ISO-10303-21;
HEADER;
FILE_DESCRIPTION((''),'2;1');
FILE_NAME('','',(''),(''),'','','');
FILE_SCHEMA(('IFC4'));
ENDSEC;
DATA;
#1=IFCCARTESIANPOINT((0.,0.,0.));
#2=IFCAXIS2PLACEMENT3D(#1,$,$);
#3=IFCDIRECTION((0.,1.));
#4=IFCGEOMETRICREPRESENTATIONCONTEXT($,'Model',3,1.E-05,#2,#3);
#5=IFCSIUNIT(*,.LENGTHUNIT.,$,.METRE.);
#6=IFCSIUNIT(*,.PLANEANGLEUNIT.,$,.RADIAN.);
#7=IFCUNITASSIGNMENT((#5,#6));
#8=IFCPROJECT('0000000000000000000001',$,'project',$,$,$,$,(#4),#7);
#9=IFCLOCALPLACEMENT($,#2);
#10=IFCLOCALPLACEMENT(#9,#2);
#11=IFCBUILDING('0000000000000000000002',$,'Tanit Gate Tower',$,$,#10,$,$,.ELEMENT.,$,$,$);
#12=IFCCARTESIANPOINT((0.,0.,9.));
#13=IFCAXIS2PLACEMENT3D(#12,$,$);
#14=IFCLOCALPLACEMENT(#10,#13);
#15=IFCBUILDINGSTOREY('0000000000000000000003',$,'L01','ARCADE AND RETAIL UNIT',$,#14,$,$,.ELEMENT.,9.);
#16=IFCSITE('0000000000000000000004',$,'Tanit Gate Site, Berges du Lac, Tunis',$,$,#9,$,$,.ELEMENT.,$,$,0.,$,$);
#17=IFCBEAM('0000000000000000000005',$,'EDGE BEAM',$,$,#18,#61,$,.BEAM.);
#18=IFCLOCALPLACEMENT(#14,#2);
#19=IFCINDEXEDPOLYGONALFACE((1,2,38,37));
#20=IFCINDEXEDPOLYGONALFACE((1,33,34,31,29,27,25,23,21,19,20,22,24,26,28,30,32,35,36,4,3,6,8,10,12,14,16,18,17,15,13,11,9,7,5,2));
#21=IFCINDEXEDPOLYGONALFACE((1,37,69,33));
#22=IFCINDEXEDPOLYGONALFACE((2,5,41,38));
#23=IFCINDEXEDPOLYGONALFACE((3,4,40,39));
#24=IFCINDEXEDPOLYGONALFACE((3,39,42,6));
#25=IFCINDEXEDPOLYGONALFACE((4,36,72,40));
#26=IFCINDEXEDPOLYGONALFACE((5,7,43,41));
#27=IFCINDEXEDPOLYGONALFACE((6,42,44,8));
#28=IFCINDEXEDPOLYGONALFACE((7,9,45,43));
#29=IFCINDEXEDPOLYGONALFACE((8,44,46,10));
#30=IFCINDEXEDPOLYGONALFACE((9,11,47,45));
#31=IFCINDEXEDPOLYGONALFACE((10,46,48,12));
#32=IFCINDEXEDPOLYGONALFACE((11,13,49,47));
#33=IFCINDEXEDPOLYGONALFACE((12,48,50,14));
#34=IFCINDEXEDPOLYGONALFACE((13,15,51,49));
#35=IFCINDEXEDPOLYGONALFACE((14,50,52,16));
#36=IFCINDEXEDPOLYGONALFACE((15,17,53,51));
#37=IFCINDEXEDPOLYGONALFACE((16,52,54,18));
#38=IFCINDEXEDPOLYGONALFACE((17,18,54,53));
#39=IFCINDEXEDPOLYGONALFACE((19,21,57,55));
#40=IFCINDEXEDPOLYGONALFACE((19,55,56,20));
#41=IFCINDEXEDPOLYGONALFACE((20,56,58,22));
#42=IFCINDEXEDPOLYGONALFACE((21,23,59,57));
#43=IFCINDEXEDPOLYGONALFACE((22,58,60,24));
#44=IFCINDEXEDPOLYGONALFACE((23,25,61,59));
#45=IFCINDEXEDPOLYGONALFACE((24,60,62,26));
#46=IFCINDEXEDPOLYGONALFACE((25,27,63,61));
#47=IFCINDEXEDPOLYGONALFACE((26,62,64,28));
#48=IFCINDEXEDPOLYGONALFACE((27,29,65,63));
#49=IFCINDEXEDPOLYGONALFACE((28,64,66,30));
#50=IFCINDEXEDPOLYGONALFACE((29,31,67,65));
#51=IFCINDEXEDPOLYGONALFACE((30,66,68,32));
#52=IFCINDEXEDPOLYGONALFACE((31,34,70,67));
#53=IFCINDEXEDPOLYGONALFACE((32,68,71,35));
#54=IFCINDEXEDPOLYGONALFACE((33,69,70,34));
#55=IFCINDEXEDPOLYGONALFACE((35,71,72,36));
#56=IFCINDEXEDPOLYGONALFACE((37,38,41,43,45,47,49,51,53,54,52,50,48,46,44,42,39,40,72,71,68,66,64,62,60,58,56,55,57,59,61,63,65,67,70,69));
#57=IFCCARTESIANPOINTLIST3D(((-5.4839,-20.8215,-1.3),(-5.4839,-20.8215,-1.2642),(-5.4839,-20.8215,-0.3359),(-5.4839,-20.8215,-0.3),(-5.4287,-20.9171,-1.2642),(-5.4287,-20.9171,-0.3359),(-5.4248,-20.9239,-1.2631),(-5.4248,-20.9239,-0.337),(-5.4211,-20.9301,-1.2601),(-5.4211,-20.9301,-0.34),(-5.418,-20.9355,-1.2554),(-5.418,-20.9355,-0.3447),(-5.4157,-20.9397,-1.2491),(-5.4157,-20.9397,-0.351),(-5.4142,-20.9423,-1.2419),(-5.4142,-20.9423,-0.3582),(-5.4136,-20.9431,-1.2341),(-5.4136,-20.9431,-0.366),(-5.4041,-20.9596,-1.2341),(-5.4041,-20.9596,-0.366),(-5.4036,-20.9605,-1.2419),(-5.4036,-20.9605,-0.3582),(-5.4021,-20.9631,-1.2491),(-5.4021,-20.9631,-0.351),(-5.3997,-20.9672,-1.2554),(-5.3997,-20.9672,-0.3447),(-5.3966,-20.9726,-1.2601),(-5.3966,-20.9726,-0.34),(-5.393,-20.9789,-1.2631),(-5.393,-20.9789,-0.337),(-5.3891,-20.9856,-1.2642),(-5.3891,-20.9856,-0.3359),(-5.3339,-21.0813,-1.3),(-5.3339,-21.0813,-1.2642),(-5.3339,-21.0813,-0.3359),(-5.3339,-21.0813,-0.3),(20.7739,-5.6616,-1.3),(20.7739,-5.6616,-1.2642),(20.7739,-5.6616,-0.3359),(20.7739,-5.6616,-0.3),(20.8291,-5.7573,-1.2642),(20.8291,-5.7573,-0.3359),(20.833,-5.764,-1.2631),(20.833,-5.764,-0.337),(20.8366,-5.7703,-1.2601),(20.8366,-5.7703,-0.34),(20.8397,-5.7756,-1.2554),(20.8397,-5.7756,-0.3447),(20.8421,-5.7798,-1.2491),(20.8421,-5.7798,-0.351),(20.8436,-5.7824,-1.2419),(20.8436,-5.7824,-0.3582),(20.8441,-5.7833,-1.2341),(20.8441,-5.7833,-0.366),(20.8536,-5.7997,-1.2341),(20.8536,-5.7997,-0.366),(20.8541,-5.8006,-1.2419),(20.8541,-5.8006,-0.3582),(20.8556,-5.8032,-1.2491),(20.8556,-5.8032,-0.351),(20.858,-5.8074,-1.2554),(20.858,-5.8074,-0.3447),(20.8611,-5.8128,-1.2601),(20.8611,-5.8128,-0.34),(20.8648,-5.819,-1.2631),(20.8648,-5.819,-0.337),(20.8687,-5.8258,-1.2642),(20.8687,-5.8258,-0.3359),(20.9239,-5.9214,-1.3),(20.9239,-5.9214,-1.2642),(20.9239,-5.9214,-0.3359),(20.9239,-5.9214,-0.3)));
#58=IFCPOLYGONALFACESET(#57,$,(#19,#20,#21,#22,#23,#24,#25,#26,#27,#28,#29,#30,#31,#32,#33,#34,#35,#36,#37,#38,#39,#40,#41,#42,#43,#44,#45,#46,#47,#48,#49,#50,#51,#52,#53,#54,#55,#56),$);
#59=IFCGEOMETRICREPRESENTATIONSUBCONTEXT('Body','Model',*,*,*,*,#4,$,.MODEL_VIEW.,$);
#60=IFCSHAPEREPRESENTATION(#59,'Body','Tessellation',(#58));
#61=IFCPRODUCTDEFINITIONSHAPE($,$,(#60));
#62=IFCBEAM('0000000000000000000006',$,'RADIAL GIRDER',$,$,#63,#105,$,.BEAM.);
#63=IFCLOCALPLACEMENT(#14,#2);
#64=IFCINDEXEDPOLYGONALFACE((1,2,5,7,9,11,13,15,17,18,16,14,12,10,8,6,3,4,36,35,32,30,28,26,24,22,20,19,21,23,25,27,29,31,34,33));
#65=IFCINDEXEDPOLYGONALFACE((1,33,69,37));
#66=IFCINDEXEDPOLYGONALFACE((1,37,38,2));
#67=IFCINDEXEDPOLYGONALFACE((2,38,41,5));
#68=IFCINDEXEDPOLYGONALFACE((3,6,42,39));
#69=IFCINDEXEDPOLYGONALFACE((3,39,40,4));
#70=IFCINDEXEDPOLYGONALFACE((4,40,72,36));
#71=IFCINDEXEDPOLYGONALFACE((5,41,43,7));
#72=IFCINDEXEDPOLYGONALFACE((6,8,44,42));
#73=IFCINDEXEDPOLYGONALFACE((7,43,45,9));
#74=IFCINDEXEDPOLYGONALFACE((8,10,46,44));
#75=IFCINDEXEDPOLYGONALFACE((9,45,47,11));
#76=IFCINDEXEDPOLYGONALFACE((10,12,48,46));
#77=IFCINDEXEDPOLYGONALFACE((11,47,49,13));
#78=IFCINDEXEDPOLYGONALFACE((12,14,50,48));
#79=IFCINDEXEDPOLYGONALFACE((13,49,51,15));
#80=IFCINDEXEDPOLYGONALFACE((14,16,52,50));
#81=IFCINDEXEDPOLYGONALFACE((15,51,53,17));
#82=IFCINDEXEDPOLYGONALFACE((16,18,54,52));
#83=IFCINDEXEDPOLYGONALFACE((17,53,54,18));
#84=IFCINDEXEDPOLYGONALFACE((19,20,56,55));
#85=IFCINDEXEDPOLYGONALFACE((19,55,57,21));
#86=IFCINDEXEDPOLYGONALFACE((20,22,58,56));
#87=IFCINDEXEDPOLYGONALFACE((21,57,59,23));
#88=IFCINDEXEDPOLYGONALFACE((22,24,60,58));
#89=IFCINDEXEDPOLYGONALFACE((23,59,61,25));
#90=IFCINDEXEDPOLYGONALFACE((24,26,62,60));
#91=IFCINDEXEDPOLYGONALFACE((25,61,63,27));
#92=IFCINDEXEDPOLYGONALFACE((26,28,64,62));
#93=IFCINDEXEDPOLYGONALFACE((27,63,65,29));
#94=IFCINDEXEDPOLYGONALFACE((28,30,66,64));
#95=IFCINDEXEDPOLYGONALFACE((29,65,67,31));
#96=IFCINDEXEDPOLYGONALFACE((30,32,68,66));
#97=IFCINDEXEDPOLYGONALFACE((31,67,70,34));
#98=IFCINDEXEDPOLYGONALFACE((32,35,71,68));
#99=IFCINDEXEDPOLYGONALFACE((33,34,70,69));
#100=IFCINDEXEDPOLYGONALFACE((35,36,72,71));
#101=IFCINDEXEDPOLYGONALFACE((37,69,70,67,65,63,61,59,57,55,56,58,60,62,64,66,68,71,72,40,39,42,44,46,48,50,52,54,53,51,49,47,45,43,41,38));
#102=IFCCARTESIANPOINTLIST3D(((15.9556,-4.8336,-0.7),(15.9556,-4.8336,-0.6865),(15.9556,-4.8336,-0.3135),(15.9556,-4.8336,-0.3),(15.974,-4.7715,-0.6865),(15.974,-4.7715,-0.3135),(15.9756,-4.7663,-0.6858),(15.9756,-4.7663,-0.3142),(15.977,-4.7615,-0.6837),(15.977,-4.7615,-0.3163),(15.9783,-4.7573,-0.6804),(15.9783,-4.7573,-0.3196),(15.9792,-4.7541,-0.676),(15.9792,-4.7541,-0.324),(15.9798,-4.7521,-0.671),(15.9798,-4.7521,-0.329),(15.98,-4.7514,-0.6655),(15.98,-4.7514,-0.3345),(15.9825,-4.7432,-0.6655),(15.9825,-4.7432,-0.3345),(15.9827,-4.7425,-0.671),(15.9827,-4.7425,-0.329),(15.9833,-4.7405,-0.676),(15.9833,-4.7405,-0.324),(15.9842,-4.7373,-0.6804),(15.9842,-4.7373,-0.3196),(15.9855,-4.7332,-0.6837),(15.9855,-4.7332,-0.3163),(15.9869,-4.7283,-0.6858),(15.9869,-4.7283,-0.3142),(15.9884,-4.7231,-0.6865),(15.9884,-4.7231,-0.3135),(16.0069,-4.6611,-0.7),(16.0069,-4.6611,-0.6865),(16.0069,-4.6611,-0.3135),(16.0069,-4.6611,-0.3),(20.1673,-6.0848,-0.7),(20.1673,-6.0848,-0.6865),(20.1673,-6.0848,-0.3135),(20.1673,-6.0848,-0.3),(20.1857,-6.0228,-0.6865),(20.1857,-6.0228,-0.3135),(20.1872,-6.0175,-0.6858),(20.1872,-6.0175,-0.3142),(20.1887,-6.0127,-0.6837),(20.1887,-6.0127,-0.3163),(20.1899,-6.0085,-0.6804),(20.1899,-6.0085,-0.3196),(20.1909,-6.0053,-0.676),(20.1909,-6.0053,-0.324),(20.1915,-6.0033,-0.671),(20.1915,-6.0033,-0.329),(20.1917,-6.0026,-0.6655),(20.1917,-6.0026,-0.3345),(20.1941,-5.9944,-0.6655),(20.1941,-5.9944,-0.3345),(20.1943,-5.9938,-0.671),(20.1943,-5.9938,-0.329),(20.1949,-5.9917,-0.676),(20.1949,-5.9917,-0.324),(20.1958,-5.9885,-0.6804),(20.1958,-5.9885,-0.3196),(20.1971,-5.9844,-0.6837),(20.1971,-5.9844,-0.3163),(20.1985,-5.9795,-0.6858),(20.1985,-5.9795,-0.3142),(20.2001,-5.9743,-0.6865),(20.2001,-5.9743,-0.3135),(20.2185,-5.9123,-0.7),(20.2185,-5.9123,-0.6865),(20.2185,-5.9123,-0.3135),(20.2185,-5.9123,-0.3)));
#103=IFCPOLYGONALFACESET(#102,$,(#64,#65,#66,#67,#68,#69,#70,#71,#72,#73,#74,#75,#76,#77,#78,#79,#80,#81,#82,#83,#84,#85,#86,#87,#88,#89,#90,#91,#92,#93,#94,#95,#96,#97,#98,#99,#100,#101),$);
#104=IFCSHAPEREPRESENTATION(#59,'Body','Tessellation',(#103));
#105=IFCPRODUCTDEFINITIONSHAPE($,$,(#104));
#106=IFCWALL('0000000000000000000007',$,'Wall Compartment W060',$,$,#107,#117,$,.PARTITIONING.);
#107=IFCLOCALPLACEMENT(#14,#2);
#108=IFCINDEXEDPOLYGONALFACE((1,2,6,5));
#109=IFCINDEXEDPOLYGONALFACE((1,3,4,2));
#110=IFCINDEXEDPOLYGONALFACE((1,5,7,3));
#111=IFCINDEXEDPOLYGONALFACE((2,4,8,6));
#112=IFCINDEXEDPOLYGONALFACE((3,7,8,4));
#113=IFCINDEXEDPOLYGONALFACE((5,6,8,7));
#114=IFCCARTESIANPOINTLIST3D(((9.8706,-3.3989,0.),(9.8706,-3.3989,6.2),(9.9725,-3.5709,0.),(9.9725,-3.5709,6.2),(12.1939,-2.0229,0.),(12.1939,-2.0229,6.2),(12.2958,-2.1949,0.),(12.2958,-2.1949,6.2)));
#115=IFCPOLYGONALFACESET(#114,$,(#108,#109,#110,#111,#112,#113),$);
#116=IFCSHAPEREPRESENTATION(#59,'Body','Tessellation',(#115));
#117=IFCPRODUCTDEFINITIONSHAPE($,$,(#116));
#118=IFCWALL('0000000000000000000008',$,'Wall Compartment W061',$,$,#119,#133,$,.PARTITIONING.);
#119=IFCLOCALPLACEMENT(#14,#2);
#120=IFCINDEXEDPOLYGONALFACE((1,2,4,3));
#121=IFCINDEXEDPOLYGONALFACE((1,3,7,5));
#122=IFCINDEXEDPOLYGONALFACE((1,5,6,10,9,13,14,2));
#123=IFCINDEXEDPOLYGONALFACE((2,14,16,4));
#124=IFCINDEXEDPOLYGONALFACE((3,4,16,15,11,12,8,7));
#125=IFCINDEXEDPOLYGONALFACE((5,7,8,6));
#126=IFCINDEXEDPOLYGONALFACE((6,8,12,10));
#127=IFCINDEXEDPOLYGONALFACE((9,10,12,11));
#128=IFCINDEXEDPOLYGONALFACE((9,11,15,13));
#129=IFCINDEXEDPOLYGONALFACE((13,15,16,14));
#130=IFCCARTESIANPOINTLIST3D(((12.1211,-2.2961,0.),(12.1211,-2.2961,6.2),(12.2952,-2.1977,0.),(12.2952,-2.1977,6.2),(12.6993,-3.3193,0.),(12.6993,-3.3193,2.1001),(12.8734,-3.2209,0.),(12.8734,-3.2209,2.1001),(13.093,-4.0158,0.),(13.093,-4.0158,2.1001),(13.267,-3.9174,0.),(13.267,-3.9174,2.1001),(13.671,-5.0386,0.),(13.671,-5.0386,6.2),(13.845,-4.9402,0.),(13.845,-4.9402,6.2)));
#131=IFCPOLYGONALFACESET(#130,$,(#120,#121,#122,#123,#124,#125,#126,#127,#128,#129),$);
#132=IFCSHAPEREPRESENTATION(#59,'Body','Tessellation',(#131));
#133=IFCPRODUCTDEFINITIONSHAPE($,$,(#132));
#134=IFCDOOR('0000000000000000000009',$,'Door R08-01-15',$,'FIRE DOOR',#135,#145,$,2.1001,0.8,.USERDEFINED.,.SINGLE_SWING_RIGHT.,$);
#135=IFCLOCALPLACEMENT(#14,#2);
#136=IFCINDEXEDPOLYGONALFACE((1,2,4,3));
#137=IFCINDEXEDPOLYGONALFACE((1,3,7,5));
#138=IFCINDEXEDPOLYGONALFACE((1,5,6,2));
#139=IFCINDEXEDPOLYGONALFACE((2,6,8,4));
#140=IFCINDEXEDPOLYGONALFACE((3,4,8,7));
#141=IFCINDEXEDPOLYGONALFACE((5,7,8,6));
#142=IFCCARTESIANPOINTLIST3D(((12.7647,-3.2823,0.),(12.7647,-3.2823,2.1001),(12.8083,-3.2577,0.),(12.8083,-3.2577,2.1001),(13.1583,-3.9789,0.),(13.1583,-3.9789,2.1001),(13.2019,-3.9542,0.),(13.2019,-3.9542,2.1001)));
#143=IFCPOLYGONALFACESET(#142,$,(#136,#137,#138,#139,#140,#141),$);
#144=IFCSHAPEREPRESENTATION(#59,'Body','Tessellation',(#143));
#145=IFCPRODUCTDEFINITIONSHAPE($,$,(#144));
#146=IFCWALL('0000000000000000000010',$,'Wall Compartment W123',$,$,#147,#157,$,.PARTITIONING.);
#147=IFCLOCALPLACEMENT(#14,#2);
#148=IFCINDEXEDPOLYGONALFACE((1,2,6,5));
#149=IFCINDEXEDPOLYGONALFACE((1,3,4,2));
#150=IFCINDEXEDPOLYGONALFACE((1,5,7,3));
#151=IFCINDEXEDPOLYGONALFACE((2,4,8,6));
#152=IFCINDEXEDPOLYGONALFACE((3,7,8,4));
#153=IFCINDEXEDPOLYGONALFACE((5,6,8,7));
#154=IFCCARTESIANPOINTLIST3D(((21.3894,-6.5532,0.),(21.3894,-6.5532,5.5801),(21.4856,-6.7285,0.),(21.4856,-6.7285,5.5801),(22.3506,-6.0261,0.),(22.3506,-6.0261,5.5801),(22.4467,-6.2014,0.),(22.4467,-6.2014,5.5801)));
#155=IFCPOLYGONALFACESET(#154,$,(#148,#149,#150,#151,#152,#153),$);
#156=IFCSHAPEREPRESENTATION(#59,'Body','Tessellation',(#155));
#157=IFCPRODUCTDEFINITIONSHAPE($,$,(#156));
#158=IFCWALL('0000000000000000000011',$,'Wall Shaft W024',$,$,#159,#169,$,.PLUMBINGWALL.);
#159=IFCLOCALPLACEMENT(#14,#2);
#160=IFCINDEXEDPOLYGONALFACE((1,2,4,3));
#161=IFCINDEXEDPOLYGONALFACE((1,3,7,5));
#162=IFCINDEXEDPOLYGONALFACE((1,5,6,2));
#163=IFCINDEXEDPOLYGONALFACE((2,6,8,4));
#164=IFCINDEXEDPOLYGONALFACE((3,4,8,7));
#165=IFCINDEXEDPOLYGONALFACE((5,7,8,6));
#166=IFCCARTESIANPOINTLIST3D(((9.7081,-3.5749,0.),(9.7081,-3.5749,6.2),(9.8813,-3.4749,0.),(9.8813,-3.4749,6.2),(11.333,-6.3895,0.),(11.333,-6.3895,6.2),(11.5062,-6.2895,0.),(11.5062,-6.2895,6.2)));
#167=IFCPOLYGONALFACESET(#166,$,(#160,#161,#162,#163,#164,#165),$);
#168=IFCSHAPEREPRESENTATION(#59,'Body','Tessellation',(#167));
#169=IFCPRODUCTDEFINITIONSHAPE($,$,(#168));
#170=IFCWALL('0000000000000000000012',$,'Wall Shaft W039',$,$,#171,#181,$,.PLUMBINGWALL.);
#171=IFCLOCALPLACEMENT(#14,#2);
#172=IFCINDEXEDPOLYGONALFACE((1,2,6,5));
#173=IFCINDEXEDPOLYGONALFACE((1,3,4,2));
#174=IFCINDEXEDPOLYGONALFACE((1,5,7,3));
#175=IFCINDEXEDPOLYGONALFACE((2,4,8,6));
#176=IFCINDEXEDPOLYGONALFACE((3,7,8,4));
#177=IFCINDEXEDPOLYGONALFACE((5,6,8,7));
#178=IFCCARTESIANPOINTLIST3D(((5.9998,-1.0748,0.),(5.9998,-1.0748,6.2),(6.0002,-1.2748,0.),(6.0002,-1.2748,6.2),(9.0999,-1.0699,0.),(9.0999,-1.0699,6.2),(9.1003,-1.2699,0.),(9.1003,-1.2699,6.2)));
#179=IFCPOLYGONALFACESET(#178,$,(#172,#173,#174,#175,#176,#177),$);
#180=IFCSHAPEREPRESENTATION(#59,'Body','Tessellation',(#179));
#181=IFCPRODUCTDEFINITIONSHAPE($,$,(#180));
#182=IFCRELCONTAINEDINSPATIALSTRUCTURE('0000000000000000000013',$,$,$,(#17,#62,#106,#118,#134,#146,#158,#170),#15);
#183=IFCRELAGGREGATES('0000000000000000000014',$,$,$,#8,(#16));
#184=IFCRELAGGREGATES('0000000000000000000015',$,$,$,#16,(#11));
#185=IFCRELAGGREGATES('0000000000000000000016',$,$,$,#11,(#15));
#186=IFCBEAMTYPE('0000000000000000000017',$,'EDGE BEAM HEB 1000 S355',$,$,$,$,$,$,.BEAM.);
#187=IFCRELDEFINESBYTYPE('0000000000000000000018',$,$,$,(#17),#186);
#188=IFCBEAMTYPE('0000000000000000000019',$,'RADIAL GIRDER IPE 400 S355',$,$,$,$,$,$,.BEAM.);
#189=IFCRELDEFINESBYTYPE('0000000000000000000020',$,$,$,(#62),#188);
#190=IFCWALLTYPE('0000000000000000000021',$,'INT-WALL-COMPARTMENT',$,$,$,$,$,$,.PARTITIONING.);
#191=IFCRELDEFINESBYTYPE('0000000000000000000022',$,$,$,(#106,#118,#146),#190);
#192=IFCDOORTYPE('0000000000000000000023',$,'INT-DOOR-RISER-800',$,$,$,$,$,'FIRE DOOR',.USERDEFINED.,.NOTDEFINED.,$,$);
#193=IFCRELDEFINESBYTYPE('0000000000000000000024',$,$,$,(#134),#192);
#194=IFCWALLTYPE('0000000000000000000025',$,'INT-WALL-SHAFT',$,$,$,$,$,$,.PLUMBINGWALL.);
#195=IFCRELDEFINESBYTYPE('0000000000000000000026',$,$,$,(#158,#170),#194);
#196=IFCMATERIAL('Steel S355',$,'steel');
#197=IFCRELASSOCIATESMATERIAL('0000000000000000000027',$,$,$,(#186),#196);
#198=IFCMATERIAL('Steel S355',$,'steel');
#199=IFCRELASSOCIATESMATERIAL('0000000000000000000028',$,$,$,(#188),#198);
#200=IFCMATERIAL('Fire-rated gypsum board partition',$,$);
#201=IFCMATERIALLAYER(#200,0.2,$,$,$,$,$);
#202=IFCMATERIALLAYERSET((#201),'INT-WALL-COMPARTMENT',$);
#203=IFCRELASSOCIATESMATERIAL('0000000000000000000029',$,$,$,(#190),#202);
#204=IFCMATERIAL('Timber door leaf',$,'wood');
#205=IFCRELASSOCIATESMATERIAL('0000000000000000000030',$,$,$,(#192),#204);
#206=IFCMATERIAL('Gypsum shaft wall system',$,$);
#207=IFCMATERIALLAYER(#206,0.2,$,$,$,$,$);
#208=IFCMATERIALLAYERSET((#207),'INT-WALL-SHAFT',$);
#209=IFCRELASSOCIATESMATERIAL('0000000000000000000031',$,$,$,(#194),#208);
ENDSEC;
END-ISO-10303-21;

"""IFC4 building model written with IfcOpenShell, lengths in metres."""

from ifc_helpers import new_model, si_unit, direction, frame, frame_2d, origin, origin_2d, place, context, subcontext, project, spatial, rectangle, i_section, extrude, material, layer, layer_set, material_profile, profile_set, type_object, element, fill, save


model = new_model("IFC4")

# Units and contexts
model_context = context("Model", 3, precision=1e-05, world=origin(), true_north=direction((0.0, 1.0)))
body_context = subcontext(model_context, "Body", "Model", "MODEL_VIEW")
ifc_project = project(units=[si_unit("LENGTHUNIT", "METRE"), si_unit("PLANEANGLEUNIT", "RADIAN")], contexts=[model_context])

# Site, building, storey
site_placement = place(None, origin())
site = spatial("IfcSite", under=ifc_project, at=site_placement, Name="Tanit Gate Site, Berges du Lac, Tunis", CompositionType="ELEMENT", RefElevation=0.0)
building_placement = place(site_placement, origin())
building = spatial("IfcBuilding", under=site, at=building_placement, Name="Tanit Gate Tower", CompositionType="ELEMENT")
storey_placement = place(building_placement, frame((0.0, 0.0, 9.0)))
storey = spatial("IfcBuildingStorey", under=building, at=storey_placement, Name="L01", Description="ARCADE AND RETAIL UNIT", CompositionType="ELEMENT", Elevation=9.0)

# Beams
ifc_material_1 = material(Name="Steel S355", Category="steel")
ifc_material_profile_1 = material_profile(ifc_material_1, i_section(OverallWidth=0.3, OverallDepth=1.0, WebThickness=0.019, FlangeThickness=0.0359, FilletRadius=0.03, at=origin_2d()), Name="HEB 1000")
ifc_profile_set_1 = profile_set([ifc_material_profile_1], Name="Steel S355")
beam_type_1 = type_object("IfcBeamType", Name="EDGE BEAM HEB 1000 S355", PredefinedType="BEAM", material=ifc_profile_set_1)
beam_1_placement = place(storey_placement, frame((20.8489, -5.7915, -0.8), z_axis=(-0.866026, -0.499999, 0.0), x_axis=(0.499999, -0.866026, 0.0)))
element("IfcBeam", 1, at=beam_1_placement, inside=storey, type_object=beam_type_1, Name="EDGE BEAM", PredefinedType="BEAM", context=body_context, shape_type="SweptSolid", body=[
    extrude(i_section(OverallWidth=0.3, OverallDepth=1.0, WebThickness=0.019, FlangeThickness=0.0359, FilletRadius=0.03, at=origin_2d()), origin(), (0.0, 0.0, 1.0), 30.3198),
])
ifc_material_2 = material(Name="Steel S355", Category="steel")
ifc_material_profile_2 = material_profile(ifc_material_2, i_section(OverallWidth=0.1799, OverallDepth=0.3999, WebThickness=0.0085, FlangeThickness=0.0134, FilletRadius=0.021, at=origin_2d()), Name="IPE 400")
ifc_profile_set_2 = profile_set([ifc_material_profile_2], Name="Steel S355")
beam_type_2 = type_object("IfcBeamType", Name="RADIAL GIRDER IPE 400 S355", PredefinedType="BEAM", material=ifc_profile_set_2)
beam_2_placement = place(storey_placement, frame((20.1929, -5.9985, -0.5), z_axis=(-0.958592, 0.284783, 0.0), x_axis=(-0.284783, -0.958592, 0.0)))
element("IfcBeam", 2, at=beam_2_placement, inside=storey, type_object=beam_type_2, Name="RADIAL GIRDER", PredefinedType="BEAM", context=body_context, shape_type="SweptSolid", body=[
    extrude(i_section(OverallWidth=0.1799, OverallDepth=0.3999, WebThickness=0.0085, FlangeThickness=0.0134, FilletRadius=0.021, at=origin_2d()), origin(), (0.0, 0.0, 1.0), 4.3936),
])

# Wall
ifc_material_3 = material(Name="Fire-rated gypsum board partition")
ifc_layer_1 = layer(ifc_material_3, 0.2)
ifc_layer_set_1 = layer_set([ifc_layer_1], Name="INT-WALL-COMPARTMENT")
wall_type_1 = type_object("IfcWallType", Name="INT-WALL-COMPARTMENT", PredefinedType="PARTITIONING", material=ifc_layer_set_1)
wall_1_placement = place(storey_placement, frame((12.2449, -2.1089, 0.0), z_axis=(0.0, 0.0, 1.0), x_axis=(-0.860415, -0.509594, 0.0)))
element("IfcWall", 3, at=wall_1_placement, inside=storey, type_object=wall_type_1, Name="Wall Compartment W060", PredefinedType="PARTITIONING", context=body_context, shape_type="SweptSolid", body=[
    extrude(rectangle(XDim=2.7002, YDim=0.2, at=frame_2d((1.3501, 0.0))), origin(), (0.0, 0.0, 1.0), 6.2),
])

# Wall, opening, door
wall_2_placement = place(storey_placement, frame((13.7581, -4.9895, 0.0), z_axis=(0.0, 0.0, 1.0), x_axis=(-0.491993, 0.870599, 0.0)))
wall_2 = element("IfcWall", 4, at=wall_2_placement, inside=storey, type_object=wall_type_1, Name="Wall Compartment W061", PredefinedType="PARTITIONING", context=body_context, shape_type="SweptSolid", body=[
    extrude(rectangle(XDim=3.1501, YDim=0.2, at=frame_2d((1.5752, 0.0))), origin(), (0.0, 0.0, 1.0), 6.2),
])
opening_1_placement = place(wall_2_placement, frame((1.175, 0.0, 0.0)))
opening_1 = element("IfcOpeningElement", 5, at=opening_1_placement, cuts=wall_2, PredefinedType="OPENING", context=body_context, shape_type="SweptSolid", body=[
    extrude(rectangle(XDim=0.8, YDim=2.1001, at=frame_2d((0.3999, 1.05))), frame((0.0, 0.1099, 0.0), z_axis=(0.0, -1.0, 0.0), x_axis=(1.0, 0.0, 0.0)), (0.0, 0.0, 1.0), 0.22),
])
ifc_material_4 = material(Name="Timber door leaf", Category="wood")
door_type_1 = type_object("IfcDoorType", Name="INT-DOOR-RISER-800", ElementType="FIRE DOOR", OperationType="NOTDEFINED", PredefinedType="USERDEFINED", material=ifc_material_4)
door_1_placement = place(opening_1_placement, origin())
door_1 = element("IfcDoor", 6, at=door_1_placement, inside=storey, type_object=door_type_1, Name="Door R08-01-15", ObjectType="FIRE DOOR", OperationType="SINGLE_SWING_RIGHT", OverallHeight=2.1001, OverallWidth=0.8, PredefinedType="USERDEFINED", context=body_context, shape_type="SweptSolid", body=[
    extrude(rectangle(XDim=0.8, YDim=2.1001, at=frame_2d((0.3999, 1.05))), frame((0.0, 0.0249, 0.0), z_axis=(0.0, -1.0, 0.0), x_axis=(1.0, 0.0, 0.0)), (0.0, 0.0, 1.0), 0.05),
])
fill(opening_1, door_1)

# Walls
wall_3_placement = place(storey_placement, frame((21.4375, -6.6409, 0.0), z_axis=(0.0, 0.0, 1.0), x_axis=(0.876812, 0.480833, 0.0)))
element("IfcWall", 7, at=wall_3_placement, inside=storey, type_object=wall_type_1, Name="Wall Compartment W123", PredefinedType="PARTITIONING", context=body_context, shape_type="SweptSolid", body=[
    extrude(rectangle(XDim=1.0962, YDim=0.2, at=frame_2d((0.5481, 0.0))), origin(), (0.0, 0.0, 1.0), 5.5801),
])
ifc_material_5 = material(Name="Gypsum shaft wall system")
ifc_layer_2 = layer(ifc_material_5, 0.2)
ifc_layer_set_2 = layer_set([ifc_layer_2], Name="INT-WALL-SHAFT")
wall_type_2 = type_object("IfcWallType", Name="INT-WALL-SHAFT", PredefinedType="PLUMBINGWALL", material=ifc_layer_set_2)
wall_4_placement = place(storey_placement, frame((9.7947, -3.5249, 0.0), z_axis=(0.0, 0.0, 1.0), x_axis=(0.499985, -0.866034, 0.0)))
element("IfcWall", 8, at=wall_4_placement, inside=storey, type_object=wall_type_2, Name="Wall Shaft W024", PredefinedType="PLUMBINGWALL", context=body_context, shape_type="SweptSolid", body=[
    extrude(rectangle(XDim=3.25, YDim=0.2, at=frame_2d((1.625, 0.0))), origin(), (0.0, 0.0, 1.0), 6.2),
])
wall_5_placement = place(storey_placement, frame((9.1001, -1.1699, 0.0), z_axis=(0.0, 0.0, 1.0), x_axis=(-0.999999, -0.001575, 0.0)))
element("IfcWall", 9, at=wall_5_placement, inside=storey, type_object=wall_type_2, Name="Wall Shaft W039", PredefinedType="PLUMBINGWALL", context=body_context, shape_type="SweptSolid", body=[
    extrude(rectangle(XDim=3.1001, YDim=0.2, at=frame_2d((1.55, 0.0))), origin(), (0.0, 0.0, 1.0), 6.2),
])

save(model, "model.ifc")
